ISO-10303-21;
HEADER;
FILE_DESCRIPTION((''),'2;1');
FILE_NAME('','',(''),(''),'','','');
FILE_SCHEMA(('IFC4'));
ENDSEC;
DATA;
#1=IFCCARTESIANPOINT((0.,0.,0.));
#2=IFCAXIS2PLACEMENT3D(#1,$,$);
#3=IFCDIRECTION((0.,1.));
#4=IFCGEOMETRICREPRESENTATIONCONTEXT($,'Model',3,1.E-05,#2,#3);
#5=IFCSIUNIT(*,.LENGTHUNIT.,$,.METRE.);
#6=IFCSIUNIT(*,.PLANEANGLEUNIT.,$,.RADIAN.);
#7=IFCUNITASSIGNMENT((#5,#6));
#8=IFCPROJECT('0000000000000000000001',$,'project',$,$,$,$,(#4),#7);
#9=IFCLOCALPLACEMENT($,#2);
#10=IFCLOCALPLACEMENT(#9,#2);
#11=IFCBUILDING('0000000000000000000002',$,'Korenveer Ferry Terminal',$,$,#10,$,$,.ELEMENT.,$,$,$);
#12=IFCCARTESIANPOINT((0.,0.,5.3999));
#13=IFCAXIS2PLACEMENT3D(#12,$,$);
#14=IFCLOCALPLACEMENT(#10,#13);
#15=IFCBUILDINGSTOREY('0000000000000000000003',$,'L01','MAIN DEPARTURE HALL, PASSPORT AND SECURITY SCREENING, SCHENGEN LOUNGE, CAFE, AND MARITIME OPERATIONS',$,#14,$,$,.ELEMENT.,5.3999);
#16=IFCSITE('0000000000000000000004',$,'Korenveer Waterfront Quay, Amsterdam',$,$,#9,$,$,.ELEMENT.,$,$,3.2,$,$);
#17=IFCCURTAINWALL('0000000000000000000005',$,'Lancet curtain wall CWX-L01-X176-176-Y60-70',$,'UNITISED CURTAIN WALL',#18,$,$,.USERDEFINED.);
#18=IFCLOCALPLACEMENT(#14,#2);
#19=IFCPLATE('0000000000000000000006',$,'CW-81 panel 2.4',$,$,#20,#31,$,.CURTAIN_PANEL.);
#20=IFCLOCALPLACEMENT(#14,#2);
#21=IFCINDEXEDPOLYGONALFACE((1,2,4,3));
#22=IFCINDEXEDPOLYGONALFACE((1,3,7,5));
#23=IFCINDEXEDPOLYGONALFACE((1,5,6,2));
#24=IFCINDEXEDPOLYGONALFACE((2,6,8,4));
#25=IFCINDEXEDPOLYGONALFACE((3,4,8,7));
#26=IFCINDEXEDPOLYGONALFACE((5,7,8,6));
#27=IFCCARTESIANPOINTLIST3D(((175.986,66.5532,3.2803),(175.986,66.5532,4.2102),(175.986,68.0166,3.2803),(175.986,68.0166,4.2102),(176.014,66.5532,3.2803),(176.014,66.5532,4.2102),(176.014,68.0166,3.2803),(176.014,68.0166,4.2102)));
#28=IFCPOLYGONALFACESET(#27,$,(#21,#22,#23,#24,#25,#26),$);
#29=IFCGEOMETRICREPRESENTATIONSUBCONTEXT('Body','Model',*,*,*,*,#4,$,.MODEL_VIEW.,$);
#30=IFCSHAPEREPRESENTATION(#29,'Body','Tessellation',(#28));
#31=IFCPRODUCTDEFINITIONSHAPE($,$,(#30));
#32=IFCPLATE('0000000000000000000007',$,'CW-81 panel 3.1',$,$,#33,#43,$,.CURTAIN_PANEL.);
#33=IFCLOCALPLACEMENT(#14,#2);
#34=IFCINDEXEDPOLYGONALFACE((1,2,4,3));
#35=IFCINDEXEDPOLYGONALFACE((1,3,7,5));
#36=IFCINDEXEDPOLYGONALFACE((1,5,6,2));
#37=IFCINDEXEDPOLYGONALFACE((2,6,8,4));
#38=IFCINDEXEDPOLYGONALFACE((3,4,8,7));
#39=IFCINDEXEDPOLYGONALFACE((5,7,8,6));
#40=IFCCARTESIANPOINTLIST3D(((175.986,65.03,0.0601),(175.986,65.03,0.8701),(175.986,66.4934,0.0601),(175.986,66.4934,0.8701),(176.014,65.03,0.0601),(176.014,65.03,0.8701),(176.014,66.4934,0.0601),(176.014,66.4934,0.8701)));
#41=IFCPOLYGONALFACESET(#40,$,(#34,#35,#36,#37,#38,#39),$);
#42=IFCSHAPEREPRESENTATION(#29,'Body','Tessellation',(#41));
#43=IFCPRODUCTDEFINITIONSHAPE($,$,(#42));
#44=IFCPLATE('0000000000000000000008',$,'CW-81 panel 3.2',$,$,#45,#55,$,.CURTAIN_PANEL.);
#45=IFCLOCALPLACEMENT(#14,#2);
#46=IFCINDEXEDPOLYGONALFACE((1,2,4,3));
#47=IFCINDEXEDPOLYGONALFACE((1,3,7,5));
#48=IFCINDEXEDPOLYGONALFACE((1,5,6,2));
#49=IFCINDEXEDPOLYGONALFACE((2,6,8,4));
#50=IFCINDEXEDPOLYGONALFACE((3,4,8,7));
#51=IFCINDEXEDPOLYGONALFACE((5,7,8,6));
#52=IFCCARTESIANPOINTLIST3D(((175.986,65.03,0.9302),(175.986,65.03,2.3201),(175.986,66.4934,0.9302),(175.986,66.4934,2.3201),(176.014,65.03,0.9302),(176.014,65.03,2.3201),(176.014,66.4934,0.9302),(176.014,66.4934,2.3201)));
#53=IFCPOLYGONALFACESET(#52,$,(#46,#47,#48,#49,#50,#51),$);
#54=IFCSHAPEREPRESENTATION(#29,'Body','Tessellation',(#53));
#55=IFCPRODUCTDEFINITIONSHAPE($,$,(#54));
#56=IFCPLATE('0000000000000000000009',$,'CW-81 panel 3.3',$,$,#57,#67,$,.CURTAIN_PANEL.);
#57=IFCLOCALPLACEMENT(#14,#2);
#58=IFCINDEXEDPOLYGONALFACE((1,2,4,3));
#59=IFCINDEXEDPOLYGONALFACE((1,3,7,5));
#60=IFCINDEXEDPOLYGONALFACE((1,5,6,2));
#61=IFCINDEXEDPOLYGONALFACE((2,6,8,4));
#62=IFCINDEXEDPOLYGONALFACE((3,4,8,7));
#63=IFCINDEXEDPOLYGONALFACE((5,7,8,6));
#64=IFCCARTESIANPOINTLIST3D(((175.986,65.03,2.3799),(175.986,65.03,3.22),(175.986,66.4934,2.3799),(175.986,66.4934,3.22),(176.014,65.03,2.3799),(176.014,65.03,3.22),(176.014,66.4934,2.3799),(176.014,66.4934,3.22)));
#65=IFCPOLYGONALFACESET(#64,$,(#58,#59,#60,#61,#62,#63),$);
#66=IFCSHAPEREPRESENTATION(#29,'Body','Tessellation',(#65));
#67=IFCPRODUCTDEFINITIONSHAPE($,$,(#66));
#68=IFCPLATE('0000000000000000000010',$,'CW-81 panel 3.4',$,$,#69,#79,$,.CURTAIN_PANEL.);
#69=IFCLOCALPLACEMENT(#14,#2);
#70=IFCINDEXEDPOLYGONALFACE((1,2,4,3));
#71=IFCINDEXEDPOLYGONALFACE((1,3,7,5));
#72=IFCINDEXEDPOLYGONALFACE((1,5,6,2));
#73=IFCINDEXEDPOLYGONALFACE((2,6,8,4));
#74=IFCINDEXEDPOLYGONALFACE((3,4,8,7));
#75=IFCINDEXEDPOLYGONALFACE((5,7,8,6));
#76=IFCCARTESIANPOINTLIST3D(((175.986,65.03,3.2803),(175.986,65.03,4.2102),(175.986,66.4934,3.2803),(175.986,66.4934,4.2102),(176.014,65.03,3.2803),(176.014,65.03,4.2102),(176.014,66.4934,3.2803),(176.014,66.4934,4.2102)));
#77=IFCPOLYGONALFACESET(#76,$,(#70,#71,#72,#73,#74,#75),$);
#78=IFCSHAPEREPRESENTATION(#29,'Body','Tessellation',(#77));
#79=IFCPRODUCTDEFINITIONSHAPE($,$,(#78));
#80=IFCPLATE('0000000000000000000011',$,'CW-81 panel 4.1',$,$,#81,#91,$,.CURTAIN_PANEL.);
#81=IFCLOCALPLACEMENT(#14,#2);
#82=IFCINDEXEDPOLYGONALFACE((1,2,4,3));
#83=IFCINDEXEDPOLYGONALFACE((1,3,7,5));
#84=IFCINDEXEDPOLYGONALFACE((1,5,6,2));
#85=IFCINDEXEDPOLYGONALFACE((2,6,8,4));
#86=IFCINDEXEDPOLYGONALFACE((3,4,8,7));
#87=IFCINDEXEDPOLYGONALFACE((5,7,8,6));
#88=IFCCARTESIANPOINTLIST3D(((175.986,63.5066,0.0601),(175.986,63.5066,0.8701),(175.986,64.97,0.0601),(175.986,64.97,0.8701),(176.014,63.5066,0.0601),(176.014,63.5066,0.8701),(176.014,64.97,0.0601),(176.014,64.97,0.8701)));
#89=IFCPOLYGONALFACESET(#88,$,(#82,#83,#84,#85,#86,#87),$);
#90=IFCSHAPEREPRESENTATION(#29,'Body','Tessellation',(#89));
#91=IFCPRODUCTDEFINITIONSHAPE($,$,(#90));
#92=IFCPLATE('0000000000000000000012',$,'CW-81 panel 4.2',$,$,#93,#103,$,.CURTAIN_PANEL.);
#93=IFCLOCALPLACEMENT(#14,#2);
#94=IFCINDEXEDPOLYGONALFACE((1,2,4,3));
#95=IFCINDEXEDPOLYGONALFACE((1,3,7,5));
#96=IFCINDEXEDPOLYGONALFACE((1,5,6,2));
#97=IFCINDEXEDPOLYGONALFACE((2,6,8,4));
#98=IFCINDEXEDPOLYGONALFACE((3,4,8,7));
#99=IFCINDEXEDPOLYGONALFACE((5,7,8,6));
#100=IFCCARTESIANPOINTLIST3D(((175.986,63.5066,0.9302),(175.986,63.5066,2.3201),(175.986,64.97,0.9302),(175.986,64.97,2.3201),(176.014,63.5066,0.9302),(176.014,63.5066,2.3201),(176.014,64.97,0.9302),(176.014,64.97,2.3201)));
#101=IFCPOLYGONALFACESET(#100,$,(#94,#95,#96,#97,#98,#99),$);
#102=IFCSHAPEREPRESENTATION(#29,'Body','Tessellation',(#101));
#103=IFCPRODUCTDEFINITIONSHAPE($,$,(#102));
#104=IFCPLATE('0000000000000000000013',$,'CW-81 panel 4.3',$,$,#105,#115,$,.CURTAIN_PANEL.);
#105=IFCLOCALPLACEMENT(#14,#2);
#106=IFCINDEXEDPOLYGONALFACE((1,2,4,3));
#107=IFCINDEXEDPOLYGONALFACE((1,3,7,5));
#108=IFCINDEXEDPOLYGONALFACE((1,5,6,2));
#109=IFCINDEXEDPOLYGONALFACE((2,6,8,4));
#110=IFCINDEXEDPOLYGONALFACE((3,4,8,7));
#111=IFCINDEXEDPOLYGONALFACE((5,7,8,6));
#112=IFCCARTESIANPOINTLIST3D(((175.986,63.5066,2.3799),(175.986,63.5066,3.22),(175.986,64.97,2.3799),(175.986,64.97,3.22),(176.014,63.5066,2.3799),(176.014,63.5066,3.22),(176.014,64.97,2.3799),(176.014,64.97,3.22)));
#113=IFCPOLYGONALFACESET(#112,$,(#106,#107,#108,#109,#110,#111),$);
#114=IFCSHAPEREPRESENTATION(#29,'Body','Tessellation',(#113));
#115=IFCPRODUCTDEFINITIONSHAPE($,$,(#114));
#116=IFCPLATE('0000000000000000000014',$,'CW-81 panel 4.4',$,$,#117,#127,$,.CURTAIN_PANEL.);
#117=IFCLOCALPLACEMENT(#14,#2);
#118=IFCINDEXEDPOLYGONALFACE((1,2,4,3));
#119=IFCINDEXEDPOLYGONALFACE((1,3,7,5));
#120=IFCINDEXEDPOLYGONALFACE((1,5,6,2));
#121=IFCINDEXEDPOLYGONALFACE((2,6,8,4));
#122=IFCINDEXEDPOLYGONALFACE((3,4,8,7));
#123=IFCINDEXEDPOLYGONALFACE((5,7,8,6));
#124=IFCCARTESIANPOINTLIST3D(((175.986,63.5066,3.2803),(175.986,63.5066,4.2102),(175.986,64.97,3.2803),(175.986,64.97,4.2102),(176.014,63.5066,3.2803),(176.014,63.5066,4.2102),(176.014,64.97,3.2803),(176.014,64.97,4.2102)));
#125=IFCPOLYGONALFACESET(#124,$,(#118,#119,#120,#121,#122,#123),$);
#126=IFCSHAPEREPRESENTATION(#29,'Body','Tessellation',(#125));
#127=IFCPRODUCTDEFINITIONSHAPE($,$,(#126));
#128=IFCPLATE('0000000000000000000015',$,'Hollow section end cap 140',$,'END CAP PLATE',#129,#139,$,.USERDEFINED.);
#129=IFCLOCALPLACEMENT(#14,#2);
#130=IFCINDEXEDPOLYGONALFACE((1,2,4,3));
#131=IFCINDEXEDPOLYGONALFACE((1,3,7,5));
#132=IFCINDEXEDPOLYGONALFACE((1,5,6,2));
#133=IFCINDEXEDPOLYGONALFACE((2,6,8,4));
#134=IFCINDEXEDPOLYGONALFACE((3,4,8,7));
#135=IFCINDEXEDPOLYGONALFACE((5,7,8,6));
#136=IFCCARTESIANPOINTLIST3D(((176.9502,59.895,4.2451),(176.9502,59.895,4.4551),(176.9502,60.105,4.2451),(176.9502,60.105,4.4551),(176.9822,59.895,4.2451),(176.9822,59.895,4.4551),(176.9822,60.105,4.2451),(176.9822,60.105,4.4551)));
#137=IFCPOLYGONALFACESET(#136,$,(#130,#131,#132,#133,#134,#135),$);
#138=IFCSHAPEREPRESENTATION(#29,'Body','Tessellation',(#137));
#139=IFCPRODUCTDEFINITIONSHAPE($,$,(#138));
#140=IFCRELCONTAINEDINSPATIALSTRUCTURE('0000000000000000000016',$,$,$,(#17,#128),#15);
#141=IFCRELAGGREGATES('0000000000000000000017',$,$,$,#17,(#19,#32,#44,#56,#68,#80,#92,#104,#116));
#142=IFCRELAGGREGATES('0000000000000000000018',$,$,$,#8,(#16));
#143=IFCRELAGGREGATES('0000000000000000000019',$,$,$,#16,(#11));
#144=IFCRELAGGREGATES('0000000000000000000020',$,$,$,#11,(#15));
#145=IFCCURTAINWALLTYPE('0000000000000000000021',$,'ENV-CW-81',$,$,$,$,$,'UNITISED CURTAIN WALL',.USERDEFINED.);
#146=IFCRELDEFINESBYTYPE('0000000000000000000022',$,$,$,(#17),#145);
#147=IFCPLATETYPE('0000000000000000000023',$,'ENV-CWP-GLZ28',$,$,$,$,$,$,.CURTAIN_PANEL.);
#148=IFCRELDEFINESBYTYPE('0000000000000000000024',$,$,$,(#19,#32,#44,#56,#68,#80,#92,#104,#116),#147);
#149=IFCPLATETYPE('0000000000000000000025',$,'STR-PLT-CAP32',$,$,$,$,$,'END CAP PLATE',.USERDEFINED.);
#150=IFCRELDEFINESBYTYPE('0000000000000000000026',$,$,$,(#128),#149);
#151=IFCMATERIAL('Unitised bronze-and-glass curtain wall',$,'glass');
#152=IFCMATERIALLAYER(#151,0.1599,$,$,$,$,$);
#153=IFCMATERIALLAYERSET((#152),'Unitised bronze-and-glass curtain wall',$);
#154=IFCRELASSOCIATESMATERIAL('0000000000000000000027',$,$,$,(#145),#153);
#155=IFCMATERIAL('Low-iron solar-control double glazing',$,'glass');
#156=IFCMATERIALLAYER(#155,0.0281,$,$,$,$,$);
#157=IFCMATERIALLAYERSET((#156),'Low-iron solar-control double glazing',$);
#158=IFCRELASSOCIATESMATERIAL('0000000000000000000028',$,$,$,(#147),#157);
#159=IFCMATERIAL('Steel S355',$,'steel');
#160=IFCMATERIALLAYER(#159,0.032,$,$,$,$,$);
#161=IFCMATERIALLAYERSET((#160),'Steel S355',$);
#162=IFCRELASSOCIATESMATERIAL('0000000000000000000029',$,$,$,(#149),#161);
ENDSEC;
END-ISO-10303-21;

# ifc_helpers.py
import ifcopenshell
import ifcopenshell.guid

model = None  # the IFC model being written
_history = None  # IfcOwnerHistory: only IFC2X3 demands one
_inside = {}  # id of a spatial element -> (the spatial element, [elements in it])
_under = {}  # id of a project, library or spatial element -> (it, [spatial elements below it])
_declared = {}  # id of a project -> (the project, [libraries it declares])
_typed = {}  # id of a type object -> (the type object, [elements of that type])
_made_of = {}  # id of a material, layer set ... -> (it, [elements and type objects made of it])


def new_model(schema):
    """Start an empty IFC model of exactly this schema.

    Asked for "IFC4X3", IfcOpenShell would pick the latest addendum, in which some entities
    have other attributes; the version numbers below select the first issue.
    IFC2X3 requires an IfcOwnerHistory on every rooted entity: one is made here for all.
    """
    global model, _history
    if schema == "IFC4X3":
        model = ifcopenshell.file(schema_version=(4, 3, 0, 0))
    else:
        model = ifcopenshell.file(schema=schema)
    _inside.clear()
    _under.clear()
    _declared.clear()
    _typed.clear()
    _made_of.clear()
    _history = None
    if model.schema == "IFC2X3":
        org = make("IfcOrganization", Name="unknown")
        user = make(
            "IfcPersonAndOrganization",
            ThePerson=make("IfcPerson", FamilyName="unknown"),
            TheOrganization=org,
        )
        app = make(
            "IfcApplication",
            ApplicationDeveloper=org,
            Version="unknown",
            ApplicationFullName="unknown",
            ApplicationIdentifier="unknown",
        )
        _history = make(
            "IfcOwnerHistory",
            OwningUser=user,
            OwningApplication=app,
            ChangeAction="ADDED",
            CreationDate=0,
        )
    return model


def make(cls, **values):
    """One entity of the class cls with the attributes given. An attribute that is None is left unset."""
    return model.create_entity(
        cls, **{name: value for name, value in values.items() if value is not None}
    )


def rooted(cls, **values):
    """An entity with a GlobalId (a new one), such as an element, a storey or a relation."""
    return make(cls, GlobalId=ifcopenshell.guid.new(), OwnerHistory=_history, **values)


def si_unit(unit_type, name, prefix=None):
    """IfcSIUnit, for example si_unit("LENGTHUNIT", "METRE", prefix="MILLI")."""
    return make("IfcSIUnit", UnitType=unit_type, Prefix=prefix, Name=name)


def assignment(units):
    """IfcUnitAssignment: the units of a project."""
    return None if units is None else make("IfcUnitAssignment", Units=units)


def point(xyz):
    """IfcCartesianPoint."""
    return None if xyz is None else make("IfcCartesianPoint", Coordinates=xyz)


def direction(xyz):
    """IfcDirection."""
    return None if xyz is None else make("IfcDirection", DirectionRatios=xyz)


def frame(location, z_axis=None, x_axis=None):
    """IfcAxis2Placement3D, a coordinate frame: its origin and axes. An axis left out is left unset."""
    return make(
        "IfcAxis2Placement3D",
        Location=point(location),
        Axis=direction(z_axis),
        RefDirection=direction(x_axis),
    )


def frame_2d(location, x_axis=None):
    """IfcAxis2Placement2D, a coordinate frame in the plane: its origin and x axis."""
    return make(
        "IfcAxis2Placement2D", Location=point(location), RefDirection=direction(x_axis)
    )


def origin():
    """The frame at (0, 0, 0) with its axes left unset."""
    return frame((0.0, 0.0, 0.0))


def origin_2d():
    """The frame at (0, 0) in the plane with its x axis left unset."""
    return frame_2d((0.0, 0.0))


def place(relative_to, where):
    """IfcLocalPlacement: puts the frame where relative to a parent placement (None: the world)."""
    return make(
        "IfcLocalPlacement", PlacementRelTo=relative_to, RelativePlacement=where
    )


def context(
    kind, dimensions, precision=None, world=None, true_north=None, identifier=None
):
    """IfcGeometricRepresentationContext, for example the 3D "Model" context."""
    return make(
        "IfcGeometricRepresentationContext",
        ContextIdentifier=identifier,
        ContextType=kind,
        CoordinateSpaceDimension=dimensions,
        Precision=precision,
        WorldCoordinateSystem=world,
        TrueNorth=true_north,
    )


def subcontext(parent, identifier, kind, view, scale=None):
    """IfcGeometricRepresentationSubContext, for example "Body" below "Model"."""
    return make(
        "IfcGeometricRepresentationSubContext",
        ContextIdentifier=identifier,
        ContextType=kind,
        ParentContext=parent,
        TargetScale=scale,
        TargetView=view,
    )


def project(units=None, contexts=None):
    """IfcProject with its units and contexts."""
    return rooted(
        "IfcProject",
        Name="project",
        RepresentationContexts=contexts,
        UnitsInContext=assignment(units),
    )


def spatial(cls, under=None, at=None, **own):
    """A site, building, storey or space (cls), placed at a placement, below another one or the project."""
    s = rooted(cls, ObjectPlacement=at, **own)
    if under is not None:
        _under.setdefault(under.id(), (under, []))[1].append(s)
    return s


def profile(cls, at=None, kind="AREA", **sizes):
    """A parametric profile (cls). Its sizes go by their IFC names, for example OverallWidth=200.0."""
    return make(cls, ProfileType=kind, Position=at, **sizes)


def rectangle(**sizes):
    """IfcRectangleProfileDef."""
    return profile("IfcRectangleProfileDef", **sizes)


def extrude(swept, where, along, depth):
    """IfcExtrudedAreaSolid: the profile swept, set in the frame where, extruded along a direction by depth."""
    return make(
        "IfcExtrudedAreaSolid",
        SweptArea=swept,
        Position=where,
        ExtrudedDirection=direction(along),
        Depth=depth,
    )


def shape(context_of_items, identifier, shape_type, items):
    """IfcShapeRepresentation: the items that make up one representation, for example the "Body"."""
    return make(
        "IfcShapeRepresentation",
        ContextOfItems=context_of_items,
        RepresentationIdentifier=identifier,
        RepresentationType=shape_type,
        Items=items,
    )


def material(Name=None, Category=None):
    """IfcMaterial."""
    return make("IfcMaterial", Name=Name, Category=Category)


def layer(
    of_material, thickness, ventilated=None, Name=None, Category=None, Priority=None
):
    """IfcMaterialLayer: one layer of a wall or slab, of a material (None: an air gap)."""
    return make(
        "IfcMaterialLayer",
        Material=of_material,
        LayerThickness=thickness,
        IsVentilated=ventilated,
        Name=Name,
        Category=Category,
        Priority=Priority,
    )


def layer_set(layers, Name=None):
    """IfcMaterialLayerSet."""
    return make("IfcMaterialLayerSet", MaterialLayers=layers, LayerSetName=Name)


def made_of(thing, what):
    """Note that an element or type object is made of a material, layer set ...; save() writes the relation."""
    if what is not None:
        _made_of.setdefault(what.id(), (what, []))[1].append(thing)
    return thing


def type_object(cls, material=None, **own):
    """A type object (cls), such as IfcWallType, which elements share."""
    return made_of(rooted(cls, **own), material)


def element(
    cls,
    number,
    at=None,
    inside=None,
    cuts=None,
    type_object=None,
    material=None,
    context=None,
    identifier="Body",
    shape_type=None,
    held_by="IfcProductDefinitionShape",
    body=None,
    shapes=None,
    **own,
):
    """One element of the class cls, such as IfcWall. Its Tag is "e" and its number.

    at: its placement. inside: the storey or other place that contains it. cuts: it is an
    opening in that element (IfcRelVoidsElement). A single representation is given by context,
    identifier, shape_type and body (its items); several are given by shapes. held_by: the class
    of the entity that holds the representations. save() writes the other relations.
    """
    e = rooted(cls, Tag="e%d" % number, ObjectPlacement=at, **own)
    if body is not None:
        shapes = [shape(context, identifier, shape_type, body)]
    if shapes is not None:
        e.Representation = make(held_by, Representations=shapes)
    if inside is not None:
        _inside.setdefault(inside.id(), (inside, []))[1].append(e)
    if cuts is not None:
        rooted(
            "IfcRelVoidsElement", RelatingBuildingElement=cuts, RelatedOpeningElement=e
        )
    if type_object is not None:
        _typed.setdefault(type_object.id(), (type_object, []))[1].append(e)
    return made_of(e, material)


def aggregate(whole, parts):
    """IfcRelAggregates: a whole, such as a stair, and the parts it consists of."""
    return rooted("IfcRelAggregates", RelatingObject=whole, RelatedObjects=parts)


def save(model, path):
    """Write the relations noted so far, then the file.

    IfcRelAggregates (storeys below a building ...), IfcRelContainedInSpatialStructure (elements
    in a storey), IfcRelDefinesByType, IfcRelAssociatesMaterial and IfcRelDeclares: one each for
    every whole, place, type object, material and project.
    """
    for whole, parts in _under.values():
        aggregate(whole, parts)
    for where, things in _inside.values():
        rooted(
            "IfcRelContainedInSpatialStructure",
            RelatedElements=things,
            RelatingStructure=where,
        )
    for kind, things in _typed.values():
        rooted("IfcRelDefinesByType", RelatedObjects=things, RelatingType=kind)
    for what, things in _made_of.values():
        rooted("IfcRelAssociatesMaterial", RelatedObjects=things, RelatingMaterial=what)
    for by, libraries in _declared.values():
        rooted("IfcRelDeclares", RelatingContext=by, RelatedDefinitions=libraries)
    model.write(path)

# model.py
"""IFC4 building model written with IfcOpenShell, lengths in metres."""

from ifc_helpers import new_model, si_unit, direction, frame, origin, origin_2d, place, context, subcontext, project, spatial, rectangle, extrude, material, layer, layer_set, type_object, element, aggregate, save


model = new_model("IFC4")

# Units and contexts
model_context = context("Model", 3, precision=1e-05, world=origin(), true_north=direction((0.0, 1.0)))
body_context = subcontext(model_context, "Body", "Model", "MODEL_VIEW")
ifc_project = project(units=[si_unit("LENGTHUNIT", "METRE"), si_unit("PLANEANGLEUNIT", "RADIAN")], contexts=[model_context])

# Site, building, storey
site_placement = place(None, origin())
site = spatial("IfcSite", under=ifc_project, at=site_placement, Name="Korenveer Waterfront Quay, Amsterdam", CompositionType="ELEMENT", RefElevation=3.2)
building_placement = place(site_placement, origin())
building = spatial("IfcBuilding", under=site, at=building_placement, Name="Korenveer Ferry Terminal", CompositionType="ELEMENT")
storey_placement = place(building_placement, frame((0.0, 0.0, 5.3999)))
storey = spatial("IfcBuildingStorey", under=building, at=storey_placement, Name="L01", Description="MAIN DEPARTURE HALL, PASSPORT AND SECURITY SCREENING, SCHENGEN LOUNGE, CAFE, AND MARITIME OPERATIONS", CompositionType="ELEMENT", Elevation=5.3999)

# Shared definitions
ifc_material_1 = material(Name="Steel S355", Category="steel")

# Curtain wall, plates
ifc_material_2 = material(Name="Unitised bronze-and-glass curtain wall", Category="glass")
ifc_layer_1 = layer(ifc_material_2, 0.1599)
ifc_layer_set_1 = layer_set([ifc_layer_1], Name="Unitised bronze-and-glass curtain wall")
curtain_wall_type = type_object("IfcCurtainWallType", Name="ENV-CW-81", ElementType="UNITISED CURTAIN WALL", PredefinedType="USERDEFINED", material=ifc_layer_set_1)
curtain_wall_placement = place(storey_placement, frame((176.0, 69.5701, 0.0)))
curtain_wall = element("IfcCurtainWall", 1, at=curtain_wall_placement, inside=storey, type_object=curtain_wall_type, Name="Lancet curtain wall CWX-L01-X176-176-Y60-70", ObjectType="UNITISED CURTAIN WALL", PredefinedType="USERDEFINED")
ifc_material_3 = material(Name="Low-iron solar-control double glazing", Category="glass")
ifc_layer_2 = layer(ifc_material_3, 0.0281)
ifc_layer_set_2 = layer_set([ifc_layer_2], Name="Low-iron solar-control double glazing")
plate_type_1 = type_object("IfcPlateType", Name="ENV-CWP-GLZ28", PredefinedType="CURTAIN_PANEL", material=ifc_layer_set_2)
plate_1_placement = place(storey_placement, frame((176.0, 67.2849, 3.2803), z_axis=(0.0, 0.0, 1.0), x_axis=(0.0, -1.0, 0.0)))
plate_1 = element("IfcPlate", 2, at=plate_1_placement, type_object=plate_type_1, Name="CW-81 panel 2.4", PredefinedType="CURTAIN_PANEL", context=body_context, shape_type="SweptSolid", body=[
    extrude(rectangle(XDim=1.4634, YDim=0.0281, at=origin_2d()), origin(), (0.0, 0.0, 1.0), 0.9299),
])
plate_2_placement = place(storey_placement, frame((176.0, 65.7617, 0.0601), z_axis=(0.0, 0.0, 1.0), x_axis=(0.0, -1.0, 0.0)))
plate_2 = element("IfcPlate", 3, at=plate_2_placement, type_object=plate_type_1, Name="CW-81 panel 3.1", PredefinedType="CURTAIN_PANEL", context=body_context, shape_type="SweptSolid", body=[
    extrude(rectangle(XDim=1.4634, YDim=0.0281, at=origin_2d()), origin(), (0.0, 0.0, 1.0), 0.8101),
])
plate_3_placement = place(storey_placement, frame((176.0, 65.7617, 0.9302), z_axis=(0.0, 0.0, 1.0), x_axis=(0.0, -1.0, 0.0)))
plate_3 = element("IfcPlate", 4, at=plate_3_placement, type_object=plate_type_1, Name="CW-81 panel 3.2", PredefinedType="CURTAIN_PANEL", context=body_context, shape_type="SweptSolid", body=[
    extrude(rectangle(XDim=1.4634, YDim=0.0281, at=origin_2d()), origin(), (0.0, 0.0, 1.0), 1.3899),
])
plate_4_placement = place(storey_placement, frame((176.0, 65.7617, 2.3799), z_axis=(0.0, 0.0, 1.0), x_axis=(0.0, -1.0, 0.0)))
plate_4 = element("IfcPlate", 5, at=plate_4_placement, type_object=plate_type_1, Name="CW-81 panel 3.3", PredefinedType="CURTAIN_PANEL", context=body_context, shape_type="SweptSolid", body=[
    extrude(rectangle(XDim=1.4634, YDim=0.0281, at=origin_2d()), origin(), (0.0, 0.0, 1.0), 0.8401),
])
plate_5_placement = place(storey_placement, frame((176.0, 65.7617, 3.2803), z_axis=(0.0, 0.0, 1.0), x_axis=(0.0, -1.0, 0.0)))
plate_5 = element("IfcPlate", 6, at=plate_5_placement, type_object=plate_type_1, Name="CW-81 panel 3.4", PredefinedType="CURTAIN_PANEL", context=body_context, shape_type="SweptSolid", body=[
    extrude(rectangle(XDim=1.4634, YDim=0.0281, at=origin_2d()), origin(), (0.0, 0.0, 1.0), 0.9299),
])
plate_6_placement = place(storey_placement, frame((176.0, 64.2383, 0.0601), z_axis=(0.0, 0.0, 1.0), x_axis=(0.0, -1.0, 0.0)))
plate_6 = element("IfcPlate", 7, at=plate_6_placement, type_object=plate_type_1, Name="CW-81 panel 4.1", PredefinedType="CURTAIN_PANEL", context=body_context, shape_type="SweptSolid", body=[
    extrude(rectangle(XDim=1.4634, YDim=0.0281, at=origin_2d()), origin(), (0.0, 0.0, 1.0), 0.8101),
])
plate_7_placement = place(storey_placement, frame((176.0, 64.2383, 0.9302), z_axis=(0.0, 0.0, 1.0), x_axis=(0.0, -1.0, 0.0)))
plate_7 = element("IfcPlate", 8, at=plate_7_placement, type_object=plate_type_1, Name="CW-81 panel 4.2", PredefinedType="CURTAIN_PANEL", context=body_context, shape_type="SweptSolid", body=[
    extrude(rectangle(XDim=1.4634, YDim=0.0281, at=origin_2d()), origin(), (0.0, 0.0, 1.0), 1.3899),
])
plate_8_placement = place(storey_placement, frame((176.0, 64.2383, 2.3799), z_axis=(0.0, 0.0, 1.0), x_axis=(0.0, -1.0, 0.0)))
plate_8 = element("IfcPlate", 9, at=plate_8_placement, type_object=plate_type_1, Name="CW-81 panel 4.3", PredefinedType="CURTAIN_PANEL", context=body_context, shape_type="SweptSolid", body=[
    extrude(rectangle(XDim=1.4634, YDim=0.0281, at=origin_2d()), origin(), (0.0, 0.0, 1.0), 0.8401),
])
plate_9_placement = place(storey_placement, frame((176.0, 64.2383, 3.2803), z_axis=(0.0, 0.0, 1.0), x_axis=(0.0, -1.0, 0.0)))
plate_9 = element("IfcPlate", 10, at=plate_9_placement, type_object=plate_type_1, Name="CW-81 panel 4.4", PredefinedType="CURTAIN_PANEL", context=body_context, shape_type="SweptSolid", body=[
    extrude(rectangle(XDim=1.4634, YDim=0.0281, at=origin_2d()), origin(), (0.0, 0.0, 1.0), 0.9299),
])
aggregate(curtain_wall, [plate_1, plate_2, plate_3, plate_4, plate_5, plate_6, plate_7, plate_8, plate_9])

# Plate
ifc_layer_3 = layer(ifc_material_1, 0.032)
ifc_layer_set_3 = layer_set([ifc_layer_3], Name="Steel S355")
plate_type_2 = type_object("IfcPlateType", Name="STR-PLT-CAP32", ElementType="END CAP PLATE", PredefinedType="USERDEFINED", material=ifc_layer_set_3)
plate_10_placement = place(storey_placement, frame((176.9502, 60.0, 4.3501), z_axis=(1.0, 0.0, 0.0), x_axis=(0.0, 1.0, 0.0)))
element("IfcPlate", 11, at=plate_10_placement, inside=storey, type_object=plate_type_2, Name="Hollow section end cap 140", ObjectType="END CAP PLATE", PredefinedType="USERDEFINED", context=body_context, shape_type="SweptSolid", body=[
    extrude(rectangle(XDim=0.21, YDim=0.21, at=origin_2d()), origin(), (0.0, 0.0, 1.0), 0.032),
])

save(model, "model.ifc")
